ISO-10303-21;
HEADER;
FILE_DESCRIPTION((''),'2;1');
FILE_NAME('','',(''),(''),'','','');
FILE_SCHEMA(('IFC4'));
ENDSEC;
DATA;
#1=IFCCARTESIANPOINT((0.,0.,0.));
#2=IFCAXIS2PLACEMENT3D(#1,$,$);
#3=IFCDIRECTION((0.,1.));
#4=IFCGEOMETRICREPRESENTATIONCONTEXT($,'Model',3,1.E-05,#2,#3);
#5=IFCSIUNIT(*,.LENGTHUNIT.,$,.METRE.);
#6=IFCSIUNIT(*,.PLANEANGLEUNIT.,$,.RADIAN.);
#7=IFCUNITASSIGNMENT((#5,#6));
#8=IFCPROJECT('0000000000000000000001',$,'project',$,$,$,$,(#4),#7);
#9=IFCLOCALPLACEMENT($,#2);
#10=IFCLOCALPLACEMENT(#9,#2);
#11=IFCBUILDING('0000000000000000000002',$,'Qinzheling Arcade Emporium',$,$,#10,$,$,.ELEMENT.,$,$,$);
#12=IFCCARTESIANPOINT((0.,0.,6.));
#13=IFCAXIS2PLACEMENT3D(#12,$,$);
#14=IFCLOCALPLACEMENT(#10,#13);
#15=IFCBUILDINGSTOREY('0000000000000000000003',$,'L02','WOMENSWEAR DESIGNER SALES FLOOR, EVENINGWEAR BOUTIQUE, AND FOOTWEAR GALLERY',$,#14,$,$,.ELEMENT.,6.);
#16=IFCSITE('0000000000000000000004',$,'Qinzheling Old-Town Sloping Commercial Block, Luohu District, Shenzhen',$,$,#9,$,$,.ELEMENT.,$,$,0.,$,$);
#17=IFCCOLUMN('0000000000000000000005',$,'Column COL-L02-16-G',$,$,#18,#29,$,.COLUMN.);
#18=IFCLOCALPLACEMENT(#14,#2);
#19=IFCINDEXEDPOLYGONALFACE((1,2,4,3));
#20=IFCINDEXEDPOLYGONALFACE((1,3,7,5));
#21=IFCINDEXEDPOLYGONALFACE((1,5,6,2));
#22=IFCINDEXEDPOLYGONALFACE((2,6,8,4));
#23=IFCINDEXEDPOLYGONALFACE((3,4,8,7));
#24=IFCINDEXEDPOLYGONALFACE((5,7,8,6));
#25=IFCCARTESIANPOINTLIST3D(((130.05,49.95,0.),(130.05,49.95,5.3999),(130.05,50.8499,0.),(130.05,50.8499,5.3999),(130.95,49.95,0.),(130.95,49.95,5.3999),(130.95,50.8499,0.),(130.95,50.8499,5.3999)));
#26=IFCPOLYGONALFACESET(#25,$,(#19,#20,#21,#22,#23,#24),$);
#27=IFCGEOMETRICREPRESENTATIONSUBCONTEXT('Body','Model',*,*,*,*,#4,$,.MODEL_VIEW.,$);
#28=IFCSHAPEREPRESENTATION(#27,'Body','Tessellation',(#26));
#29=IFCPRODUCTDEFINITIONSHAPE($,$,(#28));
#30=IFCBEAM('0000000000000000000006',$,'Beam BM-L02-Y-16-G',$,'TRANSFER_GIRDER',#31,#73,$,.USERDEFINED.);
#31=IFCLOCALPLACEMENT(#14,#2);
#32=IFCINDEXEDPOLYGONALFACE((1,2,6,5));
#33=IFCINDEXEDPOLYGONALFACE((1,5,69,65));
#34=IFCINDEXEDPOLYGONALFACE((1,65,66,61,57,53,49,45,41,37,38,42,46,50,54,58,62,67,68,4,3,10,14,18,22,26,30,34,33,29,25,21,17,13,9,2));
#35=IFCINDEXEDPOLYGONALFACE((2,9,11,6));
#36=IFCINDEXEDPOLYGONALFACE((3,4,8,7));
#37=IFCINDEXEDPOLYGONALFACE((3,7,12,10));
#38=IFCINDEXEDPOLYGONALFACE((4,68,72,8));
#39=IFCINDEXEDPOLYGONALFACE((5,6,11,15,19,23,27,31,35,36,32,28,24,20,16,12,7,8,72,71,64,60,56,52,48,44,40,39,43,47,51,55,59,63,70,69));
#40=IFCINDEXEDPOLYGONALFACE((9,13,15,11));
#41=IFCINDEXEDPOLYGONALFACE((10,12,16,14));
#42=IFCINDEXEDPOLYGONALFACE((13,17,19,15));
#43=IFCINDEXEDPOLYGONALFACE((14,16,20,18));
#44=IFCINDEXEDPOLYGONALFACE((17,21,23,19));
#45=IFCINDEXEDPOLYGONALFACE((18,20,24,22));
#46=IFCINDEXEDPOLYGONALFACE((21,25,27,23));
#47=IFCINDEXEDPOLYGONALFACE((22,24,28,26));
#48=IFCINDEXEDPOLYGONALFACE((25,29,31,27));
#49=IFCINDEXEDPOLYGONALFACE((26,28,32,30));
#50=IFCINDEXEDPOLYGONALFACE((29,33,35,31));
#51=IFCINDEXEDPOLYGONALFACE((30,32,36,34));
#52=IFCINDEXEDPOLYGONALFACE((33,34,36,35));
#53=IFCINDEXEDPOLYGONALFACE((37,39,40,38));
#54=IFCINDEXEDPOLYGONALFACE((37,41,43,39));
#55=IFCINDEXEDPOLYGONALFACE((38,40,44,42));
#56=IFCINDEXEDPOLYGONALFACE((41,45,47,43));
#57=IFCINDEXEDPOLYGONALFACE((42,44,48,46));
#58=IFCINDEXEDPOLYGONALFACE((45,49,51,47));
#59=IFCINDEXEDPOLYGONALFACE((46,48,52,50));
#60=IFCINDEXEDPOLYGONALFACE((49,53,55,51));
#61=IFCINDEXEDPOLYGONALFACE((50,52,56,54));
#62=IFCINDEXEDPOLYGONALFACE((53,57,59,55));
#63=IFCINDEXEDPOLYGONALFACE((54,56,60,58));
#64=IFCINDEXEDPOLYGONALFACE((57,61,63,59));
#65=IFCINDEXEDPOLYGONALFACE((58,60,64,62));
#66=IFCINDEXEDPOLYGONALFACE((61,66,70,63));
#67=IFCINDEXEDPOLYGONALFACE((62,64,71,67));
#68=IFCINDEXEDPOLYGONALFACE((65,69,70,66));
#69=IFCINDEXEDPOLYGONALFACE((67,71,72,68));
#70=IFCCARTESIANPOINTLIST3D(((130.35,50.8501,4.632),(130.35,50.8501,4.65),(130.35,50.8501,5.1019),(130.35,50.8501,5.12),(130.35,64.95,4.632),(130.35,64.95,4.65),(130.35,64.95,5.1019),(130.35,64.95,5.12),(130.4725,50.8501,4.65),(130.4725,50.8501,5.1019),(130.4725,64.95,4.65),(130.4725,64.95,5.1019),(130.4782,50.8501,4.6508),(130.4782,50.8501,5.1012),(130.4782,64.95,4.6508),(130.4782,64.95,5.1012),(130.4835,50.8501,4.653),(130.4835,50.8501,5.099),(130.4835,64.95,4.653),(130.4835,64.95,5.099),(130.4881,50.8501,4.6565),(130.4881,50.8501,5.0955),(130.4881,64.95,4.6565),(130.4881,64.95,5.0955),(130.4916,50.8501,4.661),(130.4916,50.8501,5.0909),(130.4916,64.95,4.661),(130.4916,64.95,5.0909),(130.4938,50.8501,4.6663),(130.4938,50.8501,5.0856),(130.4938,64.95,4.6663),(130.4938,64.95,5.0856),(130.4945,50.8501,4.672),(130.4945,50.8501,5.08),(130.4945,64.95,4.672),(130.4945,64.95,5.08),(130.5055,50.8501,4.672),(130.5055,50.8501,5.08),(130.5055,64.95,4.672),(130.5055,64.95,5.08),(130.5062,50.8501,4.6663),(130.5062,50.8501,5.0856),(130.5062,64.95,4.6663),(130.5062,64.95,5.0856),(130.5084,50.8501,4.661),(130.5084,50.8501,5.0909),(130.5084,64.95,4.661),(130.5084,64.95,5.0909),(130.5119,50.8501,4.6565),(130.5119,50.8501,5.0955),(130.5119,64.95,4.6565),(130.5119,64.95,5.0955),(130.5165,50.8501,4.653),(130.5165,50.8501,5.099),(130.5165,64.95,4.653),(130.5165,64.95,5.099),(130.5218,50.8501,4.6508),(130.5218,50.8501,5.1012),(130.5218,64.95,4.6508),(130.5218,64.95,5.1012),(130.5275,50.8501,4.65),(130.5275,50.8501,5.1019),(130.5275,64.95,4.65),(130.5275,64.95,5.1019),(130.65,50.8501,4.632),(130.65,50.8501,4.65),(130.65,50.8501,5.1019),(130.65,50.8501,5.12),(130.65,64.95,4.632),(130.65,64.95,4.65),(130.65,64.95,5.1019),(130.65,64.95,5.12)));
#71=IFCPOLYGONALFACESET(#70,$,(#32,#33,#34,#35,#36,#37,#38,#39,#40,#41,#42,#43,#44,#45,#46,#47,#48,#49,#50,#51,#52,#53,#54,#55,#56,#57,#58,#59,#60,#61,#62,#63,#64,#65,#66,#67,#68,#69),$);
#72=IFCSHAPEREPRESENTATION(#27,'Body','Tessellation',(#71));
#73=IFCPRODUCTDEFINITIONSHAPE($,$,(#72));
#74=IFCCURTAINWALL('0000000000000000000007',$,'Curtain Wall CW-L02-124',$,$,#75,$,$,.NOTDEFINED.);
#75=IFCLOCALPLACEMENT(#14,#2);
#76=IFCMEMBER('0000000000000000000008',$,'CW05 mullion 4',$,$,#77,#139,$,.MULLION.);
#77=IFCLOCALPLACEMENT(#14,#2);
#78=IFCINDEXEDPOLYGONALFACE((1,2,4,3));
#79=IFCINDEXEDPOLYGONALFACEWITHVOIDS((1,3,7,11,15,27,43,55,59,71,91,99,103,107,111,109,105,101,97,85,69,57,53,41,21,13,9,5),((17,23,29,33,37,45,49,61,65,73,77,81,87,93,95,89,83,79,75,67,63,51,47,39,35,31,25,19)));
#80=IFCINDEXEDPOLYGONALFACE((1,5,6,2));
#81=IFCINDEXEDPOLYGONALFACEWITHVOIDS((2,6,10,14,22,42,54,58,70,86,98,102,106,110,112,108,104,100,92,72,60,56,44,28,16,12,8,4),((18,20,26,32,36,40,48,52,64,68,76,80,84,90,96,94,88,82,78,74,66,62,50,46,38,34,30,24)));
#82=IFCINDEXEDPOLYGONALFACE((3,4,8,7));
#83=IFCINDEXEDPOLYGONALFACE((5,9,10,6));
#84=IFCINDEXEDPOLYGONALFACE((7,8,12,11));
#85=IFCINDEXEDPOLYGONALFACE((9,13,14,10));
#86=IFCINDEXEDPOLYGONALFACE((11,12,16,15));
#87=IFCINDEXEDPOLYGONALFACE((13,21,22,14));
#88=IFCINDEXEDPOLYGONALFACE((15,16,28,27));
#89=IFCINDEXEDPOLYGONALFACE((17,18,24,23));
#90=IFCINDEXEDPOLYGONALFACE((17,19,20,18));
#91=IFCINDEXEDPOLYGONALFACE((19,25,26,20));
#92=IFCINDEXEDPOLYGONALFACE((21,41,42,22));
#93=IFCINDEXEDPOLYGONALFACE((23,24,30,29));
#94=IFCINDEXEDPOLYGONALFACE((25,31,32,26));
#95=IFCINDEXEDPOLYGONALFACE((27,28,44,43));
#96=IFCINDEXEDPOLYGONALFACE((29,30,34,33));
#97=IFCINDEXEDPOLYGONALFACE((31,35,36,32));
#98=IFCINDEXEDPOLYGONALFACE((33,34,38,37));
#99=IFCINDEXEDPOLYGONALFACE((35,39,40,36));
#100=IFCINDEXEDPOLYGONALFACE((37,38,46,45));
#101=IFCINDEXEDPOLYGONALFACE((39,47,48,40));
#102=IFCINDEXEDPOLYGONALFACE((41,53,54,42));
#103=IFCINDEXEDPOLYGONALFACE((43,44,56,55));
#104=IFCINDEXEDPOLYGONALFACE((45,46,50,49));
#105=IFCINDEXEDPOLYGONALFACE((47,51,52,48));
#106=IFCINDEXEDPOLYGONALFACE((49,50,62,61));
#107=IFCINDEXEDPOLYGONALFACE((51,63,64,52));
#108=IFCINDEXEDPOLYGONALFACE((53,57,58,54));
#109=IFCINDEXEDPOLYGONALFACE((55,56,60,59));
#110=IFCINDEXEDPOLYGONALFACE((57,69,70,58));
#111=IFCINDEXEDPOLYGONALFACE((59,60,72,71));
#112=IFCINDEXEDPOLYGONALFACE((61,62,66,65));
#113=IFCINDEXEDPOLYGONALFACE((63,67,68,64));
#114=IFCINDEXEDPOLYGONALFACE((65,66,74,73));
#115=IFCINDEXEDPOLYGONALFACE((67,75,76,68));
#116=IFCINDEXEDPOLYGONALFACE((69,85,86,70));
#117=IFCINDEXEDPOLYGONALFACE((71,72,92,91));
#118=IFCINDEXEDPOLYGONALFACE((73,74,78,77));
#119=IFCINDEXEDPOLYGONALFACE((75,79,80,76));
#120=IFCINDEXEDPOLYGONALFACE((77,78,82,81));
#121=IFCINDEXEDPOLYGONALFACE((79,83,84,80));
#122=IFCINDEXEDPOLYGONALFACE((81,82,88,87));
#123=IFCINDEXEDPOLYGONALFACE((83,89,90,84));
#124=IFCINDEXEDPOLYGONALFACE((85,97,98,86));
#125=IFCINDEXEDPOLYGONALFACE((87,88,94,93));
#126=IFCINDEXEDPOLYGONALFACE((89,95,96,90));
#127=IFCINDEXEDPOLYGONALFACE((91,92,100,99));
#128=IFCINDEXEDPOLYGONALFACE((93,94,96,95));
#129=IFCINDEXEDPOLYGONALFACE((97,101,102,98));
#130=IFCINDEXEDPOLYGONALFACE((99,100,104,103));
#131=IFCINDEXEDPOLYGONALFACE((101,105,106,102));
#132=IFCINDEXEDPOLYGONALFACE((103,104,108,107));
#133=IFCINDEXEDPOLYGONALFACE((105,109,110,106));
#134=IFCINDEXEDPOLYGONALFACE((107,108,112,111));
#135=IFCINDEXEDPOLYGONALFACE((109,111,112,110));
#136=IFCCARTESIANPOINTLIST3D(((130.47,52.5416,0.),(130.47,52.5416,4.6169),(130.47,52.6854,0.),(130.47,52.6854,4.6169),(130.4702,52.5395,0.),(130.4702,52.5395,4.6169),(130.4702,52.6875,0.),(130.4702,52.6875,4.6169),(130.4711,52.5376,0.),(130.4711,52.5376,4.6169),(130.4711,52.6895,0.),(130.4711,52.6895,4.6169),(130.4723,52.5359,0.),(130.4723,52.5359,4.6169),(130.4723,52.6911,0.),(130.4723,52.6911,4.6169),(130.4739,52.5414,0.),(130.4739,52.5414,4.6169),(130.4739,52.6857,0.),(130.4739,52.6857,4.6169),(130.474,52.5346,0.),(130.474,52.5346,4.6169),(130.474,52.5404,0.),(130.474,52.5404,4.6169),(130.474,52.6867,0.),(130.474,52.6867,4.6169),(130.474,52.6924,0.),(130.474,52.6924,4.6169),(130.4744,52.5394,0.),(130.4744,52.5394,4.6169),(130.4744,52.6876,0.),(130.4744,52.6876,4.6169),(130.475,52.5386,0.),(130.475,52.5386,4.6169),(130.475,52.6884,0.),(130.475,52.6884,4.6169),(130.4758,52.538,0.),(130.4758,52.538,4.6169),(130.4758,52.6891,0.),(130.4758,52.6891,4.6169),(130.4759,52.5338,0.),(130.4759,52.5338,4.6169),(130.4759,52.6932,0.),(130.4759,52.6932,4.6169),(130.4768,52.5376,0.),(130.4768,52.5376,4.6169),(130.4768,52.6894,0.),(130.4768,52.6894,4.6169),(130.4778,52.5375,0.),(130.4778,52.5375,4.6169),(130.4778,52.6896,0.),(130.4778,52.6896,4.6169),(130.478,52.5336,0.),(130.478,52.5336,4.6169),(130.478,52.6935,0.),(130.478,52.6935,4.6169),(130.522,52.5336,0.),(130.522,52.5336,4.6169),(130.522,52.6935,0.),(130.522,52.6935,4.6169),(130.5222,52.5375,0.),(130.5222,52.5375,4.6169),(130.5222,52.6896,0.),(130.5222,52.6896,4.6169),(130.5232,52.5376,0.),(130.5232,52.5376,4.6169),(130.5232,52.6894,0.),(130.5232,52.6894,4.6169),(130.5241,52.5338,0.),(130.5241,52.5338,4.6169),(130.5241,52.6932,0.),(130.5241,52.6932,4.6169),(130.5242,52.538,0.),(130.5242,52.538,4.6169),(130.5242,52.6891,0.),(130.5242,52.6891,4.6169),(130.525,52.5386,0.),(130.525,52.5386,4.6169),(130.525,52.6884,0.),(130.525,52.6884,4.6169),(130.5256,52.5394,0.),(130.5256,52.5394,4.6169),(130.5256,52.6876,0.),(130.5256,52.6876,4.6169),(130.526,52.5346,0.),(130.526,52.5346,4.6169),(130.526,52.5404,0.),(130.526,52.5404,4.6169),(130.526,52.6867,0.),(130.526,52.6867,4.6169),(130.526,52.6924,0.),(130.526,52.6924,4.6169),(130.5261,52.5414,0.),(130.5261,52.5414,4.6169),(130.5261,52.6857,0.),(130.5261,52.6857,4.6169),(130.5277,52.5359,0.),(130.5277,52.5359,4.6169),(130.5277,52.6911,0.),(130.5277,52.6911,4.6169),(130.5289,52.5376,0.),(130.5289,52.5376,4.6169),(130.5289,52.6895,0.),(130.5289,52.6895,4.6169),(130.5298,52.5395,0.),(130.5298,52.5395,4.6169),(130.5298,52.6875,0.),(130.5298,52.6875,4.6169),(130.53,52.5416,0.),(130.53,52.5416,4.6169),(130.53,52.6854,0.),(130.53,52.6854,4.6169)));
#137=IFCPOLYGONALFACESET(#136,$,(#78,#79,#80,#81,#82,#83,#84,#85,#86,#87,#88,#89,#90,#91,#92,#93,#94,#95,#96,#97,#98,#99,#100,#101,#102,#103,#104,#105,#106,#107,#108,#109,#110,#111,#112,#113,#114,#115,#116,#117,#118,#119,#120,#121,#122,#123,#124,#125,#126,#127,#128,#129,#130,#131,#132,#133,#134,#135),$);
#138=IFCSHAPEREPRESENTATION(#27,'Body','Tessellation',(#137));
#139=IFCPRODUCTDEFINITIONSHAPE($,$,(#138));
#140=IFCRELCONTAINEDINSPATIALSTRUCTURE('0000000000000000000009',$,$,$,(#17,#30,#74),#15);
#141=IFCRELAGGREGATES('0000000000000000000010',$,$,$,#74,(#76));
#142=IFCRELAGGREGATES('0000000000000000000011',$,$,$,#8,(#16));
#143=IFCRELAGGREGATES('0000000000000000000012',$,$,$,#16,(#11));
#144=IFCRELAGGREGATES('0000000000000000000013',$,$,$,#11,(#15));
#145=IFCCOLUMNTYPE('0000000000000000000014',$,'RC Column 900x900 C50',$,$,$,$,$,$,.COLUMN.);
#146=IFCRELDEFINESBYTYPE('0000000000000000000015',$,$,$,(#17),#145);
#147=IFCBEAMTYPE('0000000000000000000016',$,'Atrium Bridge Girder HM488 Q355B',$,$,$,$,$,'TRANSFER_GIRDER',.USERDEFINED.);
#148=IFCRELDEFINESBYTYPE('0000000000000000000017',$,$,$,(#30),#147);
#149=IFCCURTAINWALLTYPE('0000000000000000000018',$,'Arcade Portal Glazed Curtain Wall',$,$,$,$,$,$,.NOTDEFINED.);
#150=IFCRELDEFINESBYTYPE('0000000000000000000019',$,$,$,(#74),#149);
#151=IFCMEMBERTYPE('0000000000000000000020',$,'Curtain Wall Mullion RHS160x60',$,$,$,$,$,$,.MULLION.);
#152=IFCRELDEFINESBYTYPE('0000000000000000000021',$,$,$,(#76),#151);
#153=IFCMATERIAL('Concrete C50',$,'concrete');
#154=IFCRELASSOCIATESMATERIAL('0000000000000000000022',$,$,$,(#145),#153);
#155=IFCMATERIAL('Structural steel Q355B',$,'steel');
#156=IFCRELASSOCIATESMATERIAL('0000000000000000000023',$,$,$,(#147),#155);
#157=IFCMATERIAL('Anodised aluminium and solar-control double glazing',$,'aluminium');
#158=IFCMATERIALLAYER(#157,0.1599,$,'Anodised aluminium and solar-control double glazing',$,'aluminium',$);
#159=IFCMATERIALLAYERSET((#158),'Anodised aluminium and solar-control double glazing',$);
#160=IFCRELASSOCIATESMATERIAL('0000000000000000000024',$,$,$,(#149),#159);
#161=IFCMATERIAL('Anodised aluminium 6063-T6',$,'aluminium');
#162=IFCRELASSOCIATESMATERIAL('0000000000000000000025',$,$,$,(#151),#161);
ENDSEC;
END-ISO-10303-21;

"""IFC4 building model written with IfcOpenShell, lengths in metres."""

from ifc_helpers import new_model, si_unit, direction, frame, origin, origin_2d, place, context, subcontext, project, spatial, rectangle, hollow_rectangle, i_section, extrude, material, layer, layer_set, material_profile, profile_set, type_object, element, aggregate, save


model = new_model("IFC4")

# Units and contexts
model_context = context("Model", 3, precision=1e-05, world=origin(), true_north=direction((0.0, 1.0)))
body_context = subcontext(model_context, "Body", "Model", "MODEL_VIEW")
ifc_project = project(units=[si_unit("LENGTHUNIT", "METRE"), si_unit("PLANEANGLEUNIT", "RADIAN")], contexts=[model_context])

# Site, building, storey
site_placement = place(None, origin())
site = spatial("IfcSite", under=ifc_project, at=site_placement, Name="Qinzheling Old-Town Sloping Commercial Block, Luohu District, Shenzhen", CompositionType="ELEMENT", RefElevation=0.0)
building_placement = place(site_placement, origin())
building = spatial("IfcBuilding", under=site, at=building_placement, Name="Qinzheling Arcade Emporium", CompositionType="ELEMENT")
storey_placement = place(building_placement, frame((0.0, 0.0, 6.0)))
storey = spatial("IfcBuildingStorey", under=building, at=storey_placement, Name="L02", Description="WOMENSWEAR DESIGNER SALES FLOOR, EVENINGWEAR BOUTIQUE, AND FOOTWEAR GALLERY", CompositionType="ELEMENT", Elevation=6.0)

# Column
ifc_material_1 = material(Name="Concrete C50", Category="concrete")
ifc_material_profile_1 = material_profile(ifc_material_1, rectangle(XDim=0.8999, YDim=0.8999, at=origin_2d()), Name="RC 900x900", Category="concrete")
ifc_profile_set_1 = profile_set([ifc_material_profile_1], Name="Concrete C50")
column_type = type_object("IfcColumnType", Name="RC Column 900x900 C50", PredefinedType="COLUMN", material=ifc_profile_set_1)
column_placement = place(storey_placement, frame((130.5, 50.3999, 0.0), z_axis=(0.0, 0.0, 1.0), x_axis=(1.0, 0.0, 0.0)))
element("IfcColumn", 1, at=column_placement, inside=storey, type_object=column_type, Name="Column COL-L02-16-G", PredefinedType="COLUMN", context=body_context, shape_type="SweptSolid", body=[
    extrude(rectangle(XDim=0.8999, YDim=0.8999, at=origin_2d()), origin(), (0.0, 0.0, 1.0), 5.3999),
])

# Beam
ifc_material_2 = material(Name="Structural steel Q355B", Category="steel")
ifc_material_profile_2 = material_profile(ifc_material_2, i_section(OverallWidth=0.3, OverallDepth=0.488, WebThickness=0.011, FlangeThickness=0.0181, FilletRadius=0.022, at=origin_2d()), Name="HM 488x300x11x18", Category="steel")
ifc_profile_set_2 = profile_set([ifc_material_profile_2], Name="Structural steel Q355B")
beam_type = type_object("IfcBeamType", Name="Atrium Bridge Girder HM488 Q355B", ElementType="TRANSFER_GIRDER", PredefinedType="USERDEFINED", material=ifc_profile_set_2)
beam_placement = place(storey_placement, frame((130.5, 50.8501, 4.876), z_axis=(0.0, 1.0, 0.0), x_axis=(-1.0, 0.0, 0.0)))
element("IfcBeam", 2, at=beam_placement, inside=storey, type_object=beam_type, Name="Beam BM-L02-Y-16-G", ObjectType="TRANSFER_GIRDER", PredefinedType="USERDEFINED", context=body_context, shape_type="SweptSolid", body=[
    extrude(i_section(OverallWidth=0.3, OverallDepth=0.488, WebThickness=0.011, FlangeThickness=0.0181, FilletRadius=0.022, at=origin_2d()), origin(), (0.0, 0.0, 1.0), 14.0999),
])

# Curtain wall, member
ifc_material_3 = material(Name="Anodised aluminium and solar-control double glazing", Category="aluminium")
ifc_layer_1 = layer(ifc_material_3, 0.1599, Name="Anodised aluminium and solar-control double glazing", Category="aluminium")
ifc_layer_set_1 = layer_set([ifc_layer_1], Name="Anodised aluminium and solar-control double glazing")
curtain_wall_type = type_object("IfcCurtainWallType", Name="Arcade Portal Glazed Curtain Wall", PredefinedType="NOTDEFINED", material=ifc_layer_set_1)
curtain_wall_1_placement = place(storey_placement, origin())
curtain_wall_1 = element("IfcCurtainWall", 3, at=curtain_wall_1_placement, inside=storey, type_object=curtain_wall_type, Name="Curtain Wall CW-L02-124", PredefinedType="NOTDEFINED")
ifc_material_4 = material(Name="Anodised aluminium 6063-T6", Category="aluminium")
ifc_material_profile_3 = material_profile(ifc_material_4, hollow_rectangle(XDim=0.0601, YDim=0.1599, WallThickness=0.0039, InnerFilletRadius=0.0039, OuterFilletRadius=0.0081, at=origin_2d()), Name="RHS 160x60x4", Category="aluminium")
ifc_profile_set_3 = profile_set([ifc_material_profile_3], Name="Anodised aluminium 6063-T6")
member_type_1 = type_object("IfcMemberType", Name="Curtain Wall Mullion RHS160x60", PredefinedType="MULLION", material=ifc_profile_set_3)
member_1_placement = place(storey_placement, frame((130.5, 52.6135, 0.0), z_axis=(0.0, 0.0, 1.0), x_axis=(1.0, 0.0, 0.0)))
member_1 = element("IfcMember", 4, at=member_1_placement, type_object=member_type_1, Name="CW05 mullion 4", PredefinedType="MULLION", context=body_context, shape_type="SweptSolid", body=[
    extrude(hollow_rectangle(XDim=0.0601, YDim=0.1599, WallThickness=0.0039, InnerFilletRadius=0.0039, OuterFilletRadius=0.0081, at=origin_2d()), origin(), (0.0, 0.0, 1.0), 4.6169),
])

aggregate(curtain_wall_1, [member_1])

save(model, "model.ifc")
